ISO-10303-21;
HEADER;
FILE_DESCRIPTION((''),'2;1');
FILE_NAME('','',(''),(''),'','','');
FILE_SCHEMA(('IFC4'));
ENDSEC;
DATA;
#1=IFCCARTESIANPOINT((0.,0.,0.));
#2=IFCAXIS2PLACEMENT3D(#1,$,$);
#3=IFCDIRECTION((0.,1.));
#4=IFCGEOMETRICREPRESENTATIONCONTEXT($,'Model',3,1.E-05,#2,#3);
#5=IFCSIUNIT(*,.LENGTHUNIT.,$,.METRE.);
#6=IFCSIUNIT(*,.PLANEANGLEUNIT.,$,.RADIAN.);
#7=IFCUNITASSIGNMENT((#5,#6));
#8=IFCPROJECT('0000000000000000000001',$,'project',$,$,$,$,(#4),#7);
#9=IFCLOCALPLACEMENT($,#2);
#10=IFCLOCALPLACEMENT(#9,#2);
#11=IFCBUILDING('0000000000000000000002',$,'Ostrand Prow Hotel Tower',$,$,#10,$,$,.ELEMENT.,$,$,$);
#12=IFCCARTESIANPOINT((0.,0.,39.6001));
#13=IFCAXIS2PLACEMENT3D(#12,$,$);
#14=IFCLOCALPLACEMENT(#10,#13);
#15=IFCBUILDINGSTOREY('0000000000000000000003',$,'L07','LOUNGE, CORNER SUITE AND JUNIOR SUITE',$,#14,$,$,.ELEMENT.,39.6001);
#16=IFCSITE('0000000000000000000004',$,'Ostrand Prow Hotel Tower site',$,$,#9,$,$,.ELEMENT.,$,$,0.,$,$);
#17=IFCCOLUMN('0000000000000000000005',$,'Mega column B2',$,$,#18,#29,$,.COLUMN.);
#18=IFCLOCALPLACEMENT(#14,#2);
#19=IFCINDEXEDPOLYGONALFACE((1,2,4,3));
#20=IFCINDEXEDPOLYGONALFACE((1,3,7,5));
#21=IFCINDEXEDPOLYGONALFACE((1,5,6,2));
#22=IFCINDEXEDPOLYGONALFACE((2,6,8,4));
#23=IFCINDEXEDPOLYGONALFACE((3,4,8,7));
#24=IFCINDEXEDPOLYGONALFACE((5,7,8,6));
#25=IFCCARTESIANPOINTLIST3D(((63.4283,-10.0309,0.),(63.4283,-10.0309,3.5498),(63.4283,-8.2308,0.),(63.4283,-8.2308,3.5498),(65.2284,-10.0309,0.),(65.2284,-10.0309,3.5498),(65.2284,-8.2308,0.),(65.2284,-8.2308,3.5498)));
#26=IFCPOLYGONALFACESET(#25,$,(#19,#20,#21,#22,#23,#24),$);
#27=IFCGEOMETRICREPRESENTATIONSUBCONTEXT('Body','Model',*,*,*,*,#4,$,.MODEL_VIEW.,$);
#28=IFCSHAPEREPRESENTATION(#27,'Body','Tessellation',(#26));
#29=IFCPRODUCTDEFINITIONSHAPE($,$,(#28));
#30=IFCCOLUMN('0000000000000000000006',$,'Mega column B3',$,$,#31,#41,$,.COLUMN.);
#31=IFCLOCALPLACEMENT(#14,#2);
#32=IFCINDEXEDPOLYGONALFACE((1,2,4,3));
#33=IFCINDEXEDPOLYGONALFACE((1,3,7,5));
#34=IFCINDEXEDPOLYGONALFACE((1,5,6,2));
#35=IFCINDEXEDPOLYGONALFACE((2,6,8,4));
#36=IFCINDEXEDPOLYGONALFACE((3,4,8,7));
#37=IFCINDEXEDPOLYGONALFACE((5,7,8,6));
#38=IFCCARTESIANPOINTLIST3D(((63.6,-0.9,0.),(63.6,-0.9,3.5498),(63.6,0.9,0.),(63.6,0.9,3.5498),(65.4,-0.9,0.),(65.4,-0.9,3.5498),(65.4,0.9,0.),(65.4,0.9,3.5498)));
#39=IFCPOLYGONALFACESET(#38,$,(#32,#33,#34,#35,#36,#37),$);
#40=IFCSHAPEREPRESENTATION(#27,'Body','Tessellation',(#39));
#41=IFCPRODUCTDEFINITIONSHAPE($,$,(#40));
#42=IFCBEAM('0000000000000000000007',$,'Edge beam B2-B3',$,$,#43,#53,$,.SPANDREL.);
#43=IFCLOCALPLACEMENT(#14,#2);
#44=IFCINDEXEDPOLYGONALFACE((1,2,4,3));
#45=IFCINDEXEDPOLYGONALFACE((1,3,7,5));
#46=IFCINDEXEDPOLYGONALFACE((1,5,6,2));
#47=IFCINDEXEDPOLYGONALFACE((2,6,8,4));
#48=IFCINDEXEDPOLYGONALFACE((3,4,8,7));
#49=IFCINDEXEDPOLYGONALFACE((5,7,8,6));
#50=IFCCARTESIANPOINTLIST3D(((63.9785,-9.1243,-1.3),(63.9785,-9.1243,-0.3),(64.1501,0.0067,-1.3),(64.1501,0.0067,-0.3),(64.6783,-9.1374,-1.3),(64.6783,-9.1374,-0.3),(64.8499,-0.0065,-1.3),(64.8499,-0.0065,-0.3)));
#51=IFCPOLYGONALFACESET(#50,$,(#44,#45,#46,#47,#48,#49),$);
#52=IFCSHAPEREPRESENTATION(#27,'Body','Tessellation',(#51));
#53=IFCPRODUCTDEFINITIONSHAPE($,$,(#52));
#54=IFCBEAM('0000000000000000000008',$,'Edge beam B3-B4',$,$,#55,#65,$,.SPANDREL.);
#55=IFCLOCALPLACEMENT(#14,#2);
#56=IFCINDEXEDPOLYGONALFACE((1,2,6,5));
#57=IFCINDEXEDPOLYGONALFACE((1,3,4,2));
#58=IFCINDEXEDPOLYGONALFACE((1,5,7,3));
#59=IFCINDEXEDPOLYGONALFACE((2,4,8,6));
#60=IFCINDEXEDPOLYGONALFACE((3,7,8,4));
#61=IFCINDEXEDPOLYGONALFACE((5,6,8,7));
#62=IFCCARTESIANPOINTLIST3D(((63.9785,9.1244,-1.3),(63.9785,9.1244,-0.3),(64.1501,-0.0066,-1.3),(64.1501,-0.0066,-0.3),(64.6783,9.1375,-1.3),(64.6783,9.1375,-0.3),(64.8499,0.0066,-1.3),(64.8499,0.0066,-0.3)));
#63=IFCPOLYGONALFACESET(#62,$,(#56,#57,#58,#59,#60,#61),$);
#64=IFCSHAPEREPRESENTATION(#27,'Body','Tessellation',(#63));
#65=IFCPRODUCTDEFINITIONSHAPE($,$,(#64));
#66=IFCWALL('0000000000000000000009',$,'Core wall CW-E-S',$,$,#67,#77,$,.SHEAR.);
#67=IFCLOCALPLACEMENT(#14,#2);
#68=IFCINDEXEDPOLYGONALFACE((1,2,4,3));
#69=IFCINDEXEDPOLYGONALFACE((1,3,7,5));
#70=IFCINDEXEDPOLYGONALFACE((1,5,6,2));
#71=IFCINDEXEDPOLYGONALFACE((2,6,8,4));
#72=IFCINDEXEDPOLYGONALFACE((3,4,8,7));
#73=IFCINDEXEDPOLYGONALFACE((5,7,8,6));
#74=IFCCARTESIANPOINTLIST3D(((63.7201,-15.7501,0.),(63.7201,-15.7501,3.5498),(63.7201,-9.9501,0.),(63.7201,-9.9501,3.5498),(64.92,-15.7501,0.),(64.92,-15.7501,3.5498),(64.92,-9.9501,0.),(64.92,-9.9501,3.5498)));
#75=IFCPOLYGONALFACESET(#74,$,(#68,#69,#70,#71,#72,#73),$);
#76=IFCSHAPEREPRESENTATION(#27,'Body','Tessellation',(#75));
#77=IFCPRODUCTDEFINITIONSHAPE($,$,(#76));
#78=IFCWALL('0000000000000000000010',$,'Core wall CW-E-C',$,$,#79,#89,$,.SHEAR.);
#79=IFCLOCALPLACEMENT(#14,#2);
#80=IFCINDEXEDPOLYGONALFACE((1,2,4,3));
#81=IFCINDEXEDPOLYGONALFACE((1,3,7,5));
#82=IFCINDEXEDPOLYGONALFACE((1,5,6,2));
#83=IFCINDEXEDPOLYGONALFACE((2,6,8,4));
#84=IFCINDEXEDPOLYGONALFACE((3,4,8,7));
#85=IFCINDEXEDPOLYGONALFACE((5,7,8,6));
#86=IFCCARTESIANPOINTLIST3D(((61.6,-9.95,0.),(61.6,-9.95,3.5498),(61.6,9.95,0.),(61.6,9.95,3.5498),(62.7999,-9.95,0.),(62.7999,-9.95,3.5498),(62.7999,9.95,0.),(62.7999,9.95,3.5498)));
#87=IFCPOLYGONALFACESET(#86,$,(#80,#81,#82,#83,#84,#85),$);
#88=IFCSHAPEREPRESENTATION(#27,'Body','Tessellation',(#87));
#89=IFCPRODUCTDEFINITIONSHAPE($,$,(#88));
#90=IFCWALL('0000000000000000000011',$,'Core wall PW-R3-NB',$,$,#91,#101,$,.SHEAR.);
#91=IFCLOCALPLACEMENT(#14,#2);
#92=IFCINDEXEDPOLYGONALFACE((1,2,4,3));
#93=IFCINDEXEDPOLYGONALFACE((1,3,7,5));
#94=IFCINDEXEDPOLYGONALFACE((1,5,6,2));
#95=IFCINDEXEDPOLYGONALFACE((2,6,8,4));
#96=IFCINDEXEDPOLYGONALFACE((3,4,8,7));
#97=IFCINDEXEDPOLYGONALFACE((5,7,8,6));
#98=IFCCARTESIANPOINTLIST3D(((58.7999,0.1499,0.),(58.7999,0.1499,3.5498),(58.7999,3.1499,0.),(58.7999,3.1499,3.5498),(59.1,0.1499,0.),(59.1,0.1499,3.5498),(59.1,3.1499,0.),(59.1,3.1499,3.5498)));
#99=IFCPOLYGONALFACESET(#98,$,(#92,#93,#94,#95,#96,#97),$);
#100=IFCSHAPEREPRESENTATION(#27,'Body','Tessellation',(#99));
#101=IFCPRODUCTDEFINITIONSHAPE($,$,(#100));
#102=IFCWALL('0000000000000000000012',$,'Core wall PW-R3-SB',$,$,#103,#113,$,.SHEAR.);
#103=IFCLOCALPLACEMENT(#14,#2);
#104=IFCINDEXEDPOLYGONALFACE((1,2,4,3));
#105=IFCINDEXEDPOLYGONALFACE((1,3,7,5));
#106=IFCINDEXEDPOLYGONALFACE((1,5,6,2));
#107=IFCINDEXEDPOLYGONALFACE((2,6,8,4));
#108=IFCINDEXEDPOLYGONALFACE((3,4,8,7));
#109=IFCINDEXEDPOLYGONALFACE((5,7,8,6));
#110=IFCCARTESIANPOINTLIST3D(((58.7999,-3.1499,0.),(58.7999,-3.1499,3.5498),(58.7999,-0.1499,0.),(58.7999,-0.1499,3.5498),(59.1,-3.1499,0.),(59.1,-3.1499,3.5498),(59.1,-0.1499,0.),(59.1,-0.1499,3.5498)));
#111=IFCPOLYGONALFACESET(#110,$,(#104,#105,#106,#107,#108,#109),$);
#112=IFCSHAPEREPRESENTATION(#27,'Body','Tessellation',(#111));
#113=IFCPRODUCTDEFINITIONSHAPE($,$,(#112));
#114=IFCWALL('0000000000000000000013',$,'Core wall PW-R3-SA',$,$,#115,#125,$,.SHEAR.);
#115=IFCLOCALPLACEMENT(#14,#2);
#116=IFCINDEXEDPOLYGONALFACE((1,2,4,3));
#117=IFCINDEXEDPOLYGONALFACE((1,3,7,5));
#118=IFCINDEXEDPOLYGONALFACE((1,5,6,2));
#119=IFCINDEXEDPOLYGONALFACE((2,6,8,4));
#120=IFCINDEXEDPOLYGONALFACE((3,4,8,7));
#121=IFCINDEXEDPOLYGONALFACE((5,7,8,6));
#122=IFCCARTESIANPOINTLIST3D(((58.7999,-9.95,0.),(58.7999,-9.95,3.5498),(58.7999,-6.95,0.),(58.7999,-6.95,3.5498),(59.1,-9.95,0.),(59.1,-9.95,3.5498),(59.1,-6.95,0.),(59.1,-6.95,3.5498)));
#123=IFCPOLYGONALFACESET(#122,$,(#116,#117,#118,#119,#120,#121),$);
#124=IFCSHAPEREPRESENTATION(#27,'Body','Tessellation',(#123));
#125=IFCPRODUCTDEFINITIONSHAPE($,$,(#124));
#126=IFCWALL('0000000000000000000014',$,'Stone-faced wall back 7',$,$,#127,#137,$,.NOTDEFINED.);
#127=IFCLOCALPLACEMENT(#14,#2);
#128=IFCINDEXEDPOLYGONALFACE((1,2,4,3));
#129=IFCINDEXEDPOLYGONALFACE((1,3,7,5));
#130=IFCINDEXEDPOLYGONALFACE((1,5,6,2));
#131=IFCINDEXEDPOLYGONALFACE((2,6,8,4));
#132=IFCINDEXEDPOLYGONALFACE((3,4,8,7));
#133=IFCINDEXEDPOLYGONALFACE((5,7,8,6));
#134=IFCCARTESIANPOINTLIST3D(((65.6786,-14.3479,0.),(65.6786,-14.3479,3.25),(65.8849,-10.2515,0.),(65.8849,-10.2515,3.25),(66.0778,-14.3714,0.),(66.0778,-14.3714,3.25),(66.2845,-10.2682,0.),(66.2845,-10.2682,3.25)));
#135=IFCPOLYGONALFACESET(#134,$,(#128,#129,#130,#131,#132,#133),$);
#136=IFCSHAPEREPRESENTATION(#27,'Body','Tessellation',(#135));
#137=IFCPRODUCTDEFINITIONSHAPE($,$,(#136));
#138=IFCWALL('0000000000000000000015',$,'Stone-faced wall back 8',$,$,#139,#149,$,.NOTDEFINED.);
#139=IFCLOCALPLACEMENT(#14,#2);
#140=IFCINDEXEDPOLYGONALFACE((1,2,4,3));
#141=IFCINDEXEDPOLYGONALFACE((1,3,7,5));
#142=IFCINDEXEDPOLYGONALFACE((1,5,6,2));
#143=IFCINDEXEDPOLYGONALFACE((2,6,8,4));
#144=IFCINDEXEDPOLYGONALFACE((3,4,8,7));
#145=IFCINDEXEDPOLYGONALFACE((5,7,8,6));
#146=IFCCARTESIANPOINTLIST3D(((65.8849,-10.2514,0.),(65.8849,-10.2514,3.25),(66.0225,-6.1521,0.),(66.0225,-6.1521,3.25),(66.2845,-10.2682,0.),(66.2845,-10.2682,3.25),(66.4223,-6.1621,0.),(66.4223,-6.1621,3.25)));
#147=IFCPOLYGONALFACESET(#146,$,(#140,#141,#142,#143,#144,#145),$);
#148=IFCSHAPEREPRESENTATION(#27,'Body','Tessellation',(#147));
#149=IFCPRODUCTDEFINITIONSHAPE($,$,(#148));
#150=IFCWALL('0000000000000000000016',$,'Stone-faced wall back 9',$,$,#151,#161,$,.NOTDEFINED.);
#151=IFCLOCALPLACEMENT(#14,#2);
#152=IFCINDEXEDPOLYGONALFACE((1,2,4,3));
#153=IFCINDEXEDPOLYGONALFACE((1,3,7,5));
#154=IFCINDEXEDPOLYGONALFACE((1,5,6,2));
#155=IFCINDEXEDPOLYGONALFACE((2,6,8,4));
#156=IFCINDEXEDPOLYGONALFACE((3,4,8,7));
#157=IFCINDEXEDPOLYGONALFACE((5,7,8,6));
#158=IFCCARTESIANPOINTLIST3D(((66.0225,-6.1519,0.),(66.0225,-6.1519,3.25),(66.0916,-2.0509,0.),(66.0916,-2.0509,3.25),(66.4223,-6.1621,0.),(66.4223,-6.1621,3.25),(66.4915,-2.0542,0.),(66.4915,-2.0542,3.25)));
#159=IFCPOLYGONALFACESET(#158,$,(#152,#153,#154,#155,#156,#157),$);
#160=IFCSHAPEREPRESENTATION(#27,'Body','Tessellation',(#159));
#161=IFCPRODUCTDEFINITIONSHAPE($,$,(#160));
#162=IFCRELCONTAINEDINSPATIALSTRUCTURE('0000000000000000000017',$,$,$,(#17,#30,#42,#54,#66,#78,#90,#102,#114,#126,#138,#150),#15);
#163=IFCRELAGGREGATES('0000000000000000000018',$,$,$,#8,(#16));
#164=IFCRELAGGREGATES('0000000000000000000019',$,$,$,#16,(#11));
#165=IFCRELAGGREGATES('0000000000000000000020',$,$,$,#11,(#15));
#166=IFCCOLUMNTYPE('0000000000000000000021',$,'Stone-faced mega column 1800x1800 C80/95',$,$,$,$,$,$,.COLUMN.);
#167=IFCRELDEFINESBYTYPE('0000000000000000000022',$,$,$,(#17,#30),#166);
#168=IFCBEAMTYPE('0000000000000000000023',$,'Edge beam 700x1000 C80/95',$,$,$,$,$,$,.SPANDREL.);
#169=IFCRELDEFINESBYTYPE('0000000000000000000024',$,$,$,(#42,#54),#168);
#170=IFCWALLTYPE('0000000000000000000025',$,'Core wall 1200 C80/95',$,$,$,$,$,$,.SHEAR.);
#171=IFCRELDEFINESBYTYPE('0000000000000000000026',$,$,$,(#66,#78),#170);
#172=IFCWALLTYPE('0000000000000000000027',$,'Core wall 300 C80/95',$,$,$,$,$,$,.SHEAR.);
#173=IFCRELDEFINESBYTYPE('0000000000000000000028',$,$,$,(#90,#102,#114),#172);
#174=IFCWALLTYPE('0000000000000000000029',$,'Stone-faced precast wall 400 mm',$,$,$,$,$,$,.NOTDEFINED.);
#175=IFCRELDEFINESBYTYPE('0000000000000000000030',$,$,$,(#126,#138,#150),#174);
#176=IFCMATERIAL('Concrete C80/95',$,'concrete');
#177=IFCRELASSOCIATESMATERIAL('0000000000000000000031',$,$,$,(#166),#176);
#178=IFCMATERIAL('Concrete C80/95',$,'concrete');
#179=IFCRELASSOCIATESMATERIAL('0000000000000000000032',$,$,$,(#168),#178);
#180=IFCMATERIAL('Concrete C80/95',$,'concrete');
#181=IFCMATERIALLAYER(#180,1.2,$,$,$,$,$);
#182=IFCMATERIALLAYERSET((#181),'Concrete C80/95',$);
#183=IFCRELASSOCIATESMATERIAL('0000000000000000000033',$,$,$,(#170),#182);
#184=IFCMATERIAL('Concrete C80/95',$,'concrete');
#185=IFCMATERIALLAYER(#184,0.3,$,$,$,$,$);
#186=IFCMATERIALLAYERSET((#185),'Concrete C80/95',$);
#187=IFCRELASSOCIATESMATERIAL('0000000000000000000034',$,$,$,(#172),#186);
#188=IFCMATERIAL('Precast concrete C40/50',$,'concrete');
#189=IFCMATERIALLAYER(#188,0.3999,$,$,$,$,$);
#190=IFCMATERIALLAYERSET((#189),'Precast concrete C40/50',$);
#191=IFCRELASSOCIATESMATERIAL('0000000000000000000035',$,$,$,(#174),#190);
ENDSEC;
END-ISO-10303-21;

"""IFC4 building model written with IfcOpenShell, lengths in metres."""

from ifc_helpers import new_model, si_unit, direction, frame, frame_2d, origin, origin_2d, place, context, subcontext, project, spatial, polyline, rectangle, outline, extrude, material, layer, layer_set, material_profile, profile_set, type_object, element, save


model = new_model("IFC4")

# Units and contexts
model_context = context("Model", 3, precision=1e-05, world=origin(), true_north=direction((0.0, 1.0)))
body_context = subcontext(model_context, "Body", "Model", "MODEL_VIEW")
ifc_project = project(units=[si_unit("LENGTHUNIT", "METRE"), si_unit("PLANEANGLEUNIT", "RADIAN")], contexts=[model_context])

# Site, building, storey
site_placement = place(None, origin())
site = spatial("IfcSite", under=ifc_project, at=site_placement, Name="Ostrand Prow Hotel Tower site", CompositionType="ELEMENT", RefElevation=0.0)
building_placement = place(site_placement, origin())
building = spatial("IfcBuilding", under=site, at=building_placement, Name="Ostrand Prow Hotel Tower", CompositionType="ELEMENT")
storey_placement = place(building_placement, frame((0.0, 0.0, 39.6001)))
storey = spatial("IfcBuildingStorey", under=building, at=storey_placement, Name="L07", Description="LOUNGE, CORNER SUITE AND JUNIOR SUITE", CompositionType="ELEMENT", Elevation=39.6001)

# Columns
ifc_material_1 = material(Name="Concrete C80/95", Category="concrete")
ifc_material_profile_1 = material_profile(ifc_material_1, rectangle(XDim=1.8, YDim=1.8, at=origin_2d()), Name="RC 1800x1800")
ifc_profile_set_1 = profile_set([ifc_material_profile_1], Name="Concrete C80/95")
column_type = type_object("IfcColumnType", Name="Stone-faced mega column 1800x1800 C80/95", PredefinedType="COLUMN", material=ifc_profile_set_1)
for number, where, z_axis, x_axis, name in (
    (1, (64.3284, -9.1309, 0.0), (0.0, 0.0, 1.0), (1.0, 0.0, 0.0), "Mega column B2"),
    (2, (64.5, 0.0, 0.0), (0.0, 0.0, 1.0), (1.0, 0.0, 0.0), "Mega column B3"),
):
    element("IfcColumn", number, at=place(storey_placement, frame(where, z_axis=z_axis, x_axis=x_axis)), inside=storey, type_object=column_type, Name=name, PredefinedType="COLUMN", context=body_context, shape_type="SweptSolid", body=[
        extrude(rectangle(XDim=1.8, YDim=1.8, at=origin_2d()), origin(), (0.0, 0.0, 1.0), 3.5498),
    ])

# Beams
ifc_material_2 = material(Name="Concrete C80/95", Category="concrete")
ifc_material_profile_2 = material_profile(ifc_material_2, rectangle(XDim=0.7, YDim=1.0, at=origin_2d()), Name="RC 700x1000")
ifc_profile_set_2 = profile_set([ifc_material_profile_2], Name="Concrete C80/95")
beam_type = type_object("IfcBeamType", Name="Edge beam 700x1000 C80/95", PredefinedType="SPANDREL", material=ifc_profile_set_2)
for number, where, z_axis, x_axis, name in (
    (3, (64.3284, -9.1309, -0.8), (0.018793, 0.999823, 0.0), (-0.999823, 0.018793, 0.0), "Edge beam B2-B3"),
    (4, (64.5, 0.0, -0.8), (-0.018793, 0.999823, 0.0), (-0.999823, -0.018793, 0.0), "Edge beam B3-B4"),
):
    element("IfcBeam", number, at=place(storey_placement, frame(where, z_axis=z_axis, x_axis=x_axis)), inside=storey, type_object=beam_type, Name=name, PredefinedType="SPANDREL", context=body_context, shape_type="SweptSolid", body=[
        extrude(rectangle(XDim=0.7, YDim=1.0, at=origin_2d()), origin(), (0.0, 0.0, 1.0), 9.1326),
    ])

# Walls
ifc_material_3 = material(Name="Concrete C80/95", Category="concrete")
ifc_layer_1 = layer(ifc_material_3, 1.2)
ifc_layer_set_1 = layer_set([ifc_layer_1], Name="Concrete C80/95")
wall_type_1 = type_object("IfcWallType", Name="Core wall 1200 C80/95", PredefinedType="SHEAR", material=ifc_layer_set_1)
wall_1_placement = place(storey_placement, frame((64.3201, -15.75, 0.0), z_axis=(0.0, 0.0, 1.0), x_axis=(0.0, 1.0, 0.0)))
element("IfcWall", 5, at=wall_1_placement, inside=storey, type_object=wall_type_1, Name="Core wall CW-E-S", PredefinedType="SHEAR", context=body_context, shape_type="SweptSolid", body=[
    extrude(rectangle(XDim=5.8, YDim=1.2, at=frame_2d((2.8999, 0.0))), origin(), (0.0, 0.0, 1.0), 3.5498),
])
wall_2_placement = place(storey_placement, frame((62.2, -9.95, 0.0), z_axis=(0.0, 0.0, 1.0), x_axis=(0.0, 1.0, 0.0)))
element("IfcWall", 6, at=wall_2_placement, inside=storey, type_object=wall_type_1, Name="Core wall CW-E-C", PredefinedType="SHEAR", context=body_context, shape_type="SweptSolid", body=[
    extrude(rectangle(XDim=19.8999, YDim=1.2, at=frame_2d((9.95, 0.0))), origin(), (0.0, 0.0, 1.0), 3.5498),
])
ifc_material_4 = material(Name="Concrete C80/95", Category="concrete")
ifc_layer_2 = layer(ifc_material_4, 0.3)
ifc_layer_set_2 = layer_set([ifc_layer_2], Name="Concrete C80/95")
wall_type_2 = type_object("IfcWallType", Name="Core wall 300 C80/95", PredefinedType="SHEAR", material=ifc_layer_set_2)
for number, where, z_axis, x_axis, name in (
    (7, (58.95, 0.1499, 0.0), (0.0, 0.0, 1.0), (0.0, 1.0, 0.0), "Core wall PW-R3-NB"),
    (8, (58.95, -3.1499, 0.0), (0.0, 0.0, 1.0), (0.0, 1.0, 0.0), "Core wall PW-R3-SB"),
    (9, (58.95, -9.95, 0.0), (0.0, 0.0, 1.0), (0.0, 1.0, 0.0), "Core wall PW-R3-SA"),
):
    element("IfcWall", number, at=place(storey_placement, frame(where, z_axis=z_axis, x_axis=x_axis)), inside=storey, type_object=wall_type_2, Name=name, PredefinedType="SHEAR", context=body_context, shape_type="SweptSolid", body=[
        extrude(rectangle(XDim=3.0, YDim=0.3, at=frame_2d((1.5, 0.0))), origin(), (0.0, 0.0, 1.0), 3.5498),
    ])
ifc_material_5 = material(Name="Precast concrete C40/50", Category="concrete")
ifc_layer_3 = layer(ifc_material_5, 0.3999)
ifc_layer_set_3 = layer_set([ifc_layer_3], Name="Precast concrete C40/50")
wall_type_3 = type_object("IfcWallType", Name="Stone-faced precast wall 400 mm", PredefinedType="NOTDEFINED", material=ifc_layer_set_3)
for number, where, z_axis, x_axis, name in (
    (10, (65.8782, -14.3596, 0.0), (0.0, 0.0, 1.0), (0.050314, 0.998733, 0.0), "Stone-faced wall back 7"),
    (11, (66.0847, -10.2598, 0.0), (0.0, 0.0, 1.0), (0.033543, 0.999437, 0.0), "Stone-faced wall back 8"),
    (12, (66.2224, -6.157, 0.0), (0.0, 0.0, 1.0), (0.016831, 0.999858, 0.0), "Stone-faced wall back 9"),
):
    element("IfcWall", number, at=place(storey_placement, frame(where, z_axis=z_axis, x_axis=x_axis)), inside=storey, type_object=wall_type_3, Name=name, PredefinedType="NOTDEFINED", context=body_context, shape_type="SweptSolid", body=[
        extrude(outline(polyline([(-0.0017, -0.2), (4.1067, -0.2), (4.1033, 0.2), (0.0017, 0.2), (-0.0017, -0.2)])), origin(), (0.0, 0.0, 1.0), 3.25),
    ])

save(model, "model.ifc")
